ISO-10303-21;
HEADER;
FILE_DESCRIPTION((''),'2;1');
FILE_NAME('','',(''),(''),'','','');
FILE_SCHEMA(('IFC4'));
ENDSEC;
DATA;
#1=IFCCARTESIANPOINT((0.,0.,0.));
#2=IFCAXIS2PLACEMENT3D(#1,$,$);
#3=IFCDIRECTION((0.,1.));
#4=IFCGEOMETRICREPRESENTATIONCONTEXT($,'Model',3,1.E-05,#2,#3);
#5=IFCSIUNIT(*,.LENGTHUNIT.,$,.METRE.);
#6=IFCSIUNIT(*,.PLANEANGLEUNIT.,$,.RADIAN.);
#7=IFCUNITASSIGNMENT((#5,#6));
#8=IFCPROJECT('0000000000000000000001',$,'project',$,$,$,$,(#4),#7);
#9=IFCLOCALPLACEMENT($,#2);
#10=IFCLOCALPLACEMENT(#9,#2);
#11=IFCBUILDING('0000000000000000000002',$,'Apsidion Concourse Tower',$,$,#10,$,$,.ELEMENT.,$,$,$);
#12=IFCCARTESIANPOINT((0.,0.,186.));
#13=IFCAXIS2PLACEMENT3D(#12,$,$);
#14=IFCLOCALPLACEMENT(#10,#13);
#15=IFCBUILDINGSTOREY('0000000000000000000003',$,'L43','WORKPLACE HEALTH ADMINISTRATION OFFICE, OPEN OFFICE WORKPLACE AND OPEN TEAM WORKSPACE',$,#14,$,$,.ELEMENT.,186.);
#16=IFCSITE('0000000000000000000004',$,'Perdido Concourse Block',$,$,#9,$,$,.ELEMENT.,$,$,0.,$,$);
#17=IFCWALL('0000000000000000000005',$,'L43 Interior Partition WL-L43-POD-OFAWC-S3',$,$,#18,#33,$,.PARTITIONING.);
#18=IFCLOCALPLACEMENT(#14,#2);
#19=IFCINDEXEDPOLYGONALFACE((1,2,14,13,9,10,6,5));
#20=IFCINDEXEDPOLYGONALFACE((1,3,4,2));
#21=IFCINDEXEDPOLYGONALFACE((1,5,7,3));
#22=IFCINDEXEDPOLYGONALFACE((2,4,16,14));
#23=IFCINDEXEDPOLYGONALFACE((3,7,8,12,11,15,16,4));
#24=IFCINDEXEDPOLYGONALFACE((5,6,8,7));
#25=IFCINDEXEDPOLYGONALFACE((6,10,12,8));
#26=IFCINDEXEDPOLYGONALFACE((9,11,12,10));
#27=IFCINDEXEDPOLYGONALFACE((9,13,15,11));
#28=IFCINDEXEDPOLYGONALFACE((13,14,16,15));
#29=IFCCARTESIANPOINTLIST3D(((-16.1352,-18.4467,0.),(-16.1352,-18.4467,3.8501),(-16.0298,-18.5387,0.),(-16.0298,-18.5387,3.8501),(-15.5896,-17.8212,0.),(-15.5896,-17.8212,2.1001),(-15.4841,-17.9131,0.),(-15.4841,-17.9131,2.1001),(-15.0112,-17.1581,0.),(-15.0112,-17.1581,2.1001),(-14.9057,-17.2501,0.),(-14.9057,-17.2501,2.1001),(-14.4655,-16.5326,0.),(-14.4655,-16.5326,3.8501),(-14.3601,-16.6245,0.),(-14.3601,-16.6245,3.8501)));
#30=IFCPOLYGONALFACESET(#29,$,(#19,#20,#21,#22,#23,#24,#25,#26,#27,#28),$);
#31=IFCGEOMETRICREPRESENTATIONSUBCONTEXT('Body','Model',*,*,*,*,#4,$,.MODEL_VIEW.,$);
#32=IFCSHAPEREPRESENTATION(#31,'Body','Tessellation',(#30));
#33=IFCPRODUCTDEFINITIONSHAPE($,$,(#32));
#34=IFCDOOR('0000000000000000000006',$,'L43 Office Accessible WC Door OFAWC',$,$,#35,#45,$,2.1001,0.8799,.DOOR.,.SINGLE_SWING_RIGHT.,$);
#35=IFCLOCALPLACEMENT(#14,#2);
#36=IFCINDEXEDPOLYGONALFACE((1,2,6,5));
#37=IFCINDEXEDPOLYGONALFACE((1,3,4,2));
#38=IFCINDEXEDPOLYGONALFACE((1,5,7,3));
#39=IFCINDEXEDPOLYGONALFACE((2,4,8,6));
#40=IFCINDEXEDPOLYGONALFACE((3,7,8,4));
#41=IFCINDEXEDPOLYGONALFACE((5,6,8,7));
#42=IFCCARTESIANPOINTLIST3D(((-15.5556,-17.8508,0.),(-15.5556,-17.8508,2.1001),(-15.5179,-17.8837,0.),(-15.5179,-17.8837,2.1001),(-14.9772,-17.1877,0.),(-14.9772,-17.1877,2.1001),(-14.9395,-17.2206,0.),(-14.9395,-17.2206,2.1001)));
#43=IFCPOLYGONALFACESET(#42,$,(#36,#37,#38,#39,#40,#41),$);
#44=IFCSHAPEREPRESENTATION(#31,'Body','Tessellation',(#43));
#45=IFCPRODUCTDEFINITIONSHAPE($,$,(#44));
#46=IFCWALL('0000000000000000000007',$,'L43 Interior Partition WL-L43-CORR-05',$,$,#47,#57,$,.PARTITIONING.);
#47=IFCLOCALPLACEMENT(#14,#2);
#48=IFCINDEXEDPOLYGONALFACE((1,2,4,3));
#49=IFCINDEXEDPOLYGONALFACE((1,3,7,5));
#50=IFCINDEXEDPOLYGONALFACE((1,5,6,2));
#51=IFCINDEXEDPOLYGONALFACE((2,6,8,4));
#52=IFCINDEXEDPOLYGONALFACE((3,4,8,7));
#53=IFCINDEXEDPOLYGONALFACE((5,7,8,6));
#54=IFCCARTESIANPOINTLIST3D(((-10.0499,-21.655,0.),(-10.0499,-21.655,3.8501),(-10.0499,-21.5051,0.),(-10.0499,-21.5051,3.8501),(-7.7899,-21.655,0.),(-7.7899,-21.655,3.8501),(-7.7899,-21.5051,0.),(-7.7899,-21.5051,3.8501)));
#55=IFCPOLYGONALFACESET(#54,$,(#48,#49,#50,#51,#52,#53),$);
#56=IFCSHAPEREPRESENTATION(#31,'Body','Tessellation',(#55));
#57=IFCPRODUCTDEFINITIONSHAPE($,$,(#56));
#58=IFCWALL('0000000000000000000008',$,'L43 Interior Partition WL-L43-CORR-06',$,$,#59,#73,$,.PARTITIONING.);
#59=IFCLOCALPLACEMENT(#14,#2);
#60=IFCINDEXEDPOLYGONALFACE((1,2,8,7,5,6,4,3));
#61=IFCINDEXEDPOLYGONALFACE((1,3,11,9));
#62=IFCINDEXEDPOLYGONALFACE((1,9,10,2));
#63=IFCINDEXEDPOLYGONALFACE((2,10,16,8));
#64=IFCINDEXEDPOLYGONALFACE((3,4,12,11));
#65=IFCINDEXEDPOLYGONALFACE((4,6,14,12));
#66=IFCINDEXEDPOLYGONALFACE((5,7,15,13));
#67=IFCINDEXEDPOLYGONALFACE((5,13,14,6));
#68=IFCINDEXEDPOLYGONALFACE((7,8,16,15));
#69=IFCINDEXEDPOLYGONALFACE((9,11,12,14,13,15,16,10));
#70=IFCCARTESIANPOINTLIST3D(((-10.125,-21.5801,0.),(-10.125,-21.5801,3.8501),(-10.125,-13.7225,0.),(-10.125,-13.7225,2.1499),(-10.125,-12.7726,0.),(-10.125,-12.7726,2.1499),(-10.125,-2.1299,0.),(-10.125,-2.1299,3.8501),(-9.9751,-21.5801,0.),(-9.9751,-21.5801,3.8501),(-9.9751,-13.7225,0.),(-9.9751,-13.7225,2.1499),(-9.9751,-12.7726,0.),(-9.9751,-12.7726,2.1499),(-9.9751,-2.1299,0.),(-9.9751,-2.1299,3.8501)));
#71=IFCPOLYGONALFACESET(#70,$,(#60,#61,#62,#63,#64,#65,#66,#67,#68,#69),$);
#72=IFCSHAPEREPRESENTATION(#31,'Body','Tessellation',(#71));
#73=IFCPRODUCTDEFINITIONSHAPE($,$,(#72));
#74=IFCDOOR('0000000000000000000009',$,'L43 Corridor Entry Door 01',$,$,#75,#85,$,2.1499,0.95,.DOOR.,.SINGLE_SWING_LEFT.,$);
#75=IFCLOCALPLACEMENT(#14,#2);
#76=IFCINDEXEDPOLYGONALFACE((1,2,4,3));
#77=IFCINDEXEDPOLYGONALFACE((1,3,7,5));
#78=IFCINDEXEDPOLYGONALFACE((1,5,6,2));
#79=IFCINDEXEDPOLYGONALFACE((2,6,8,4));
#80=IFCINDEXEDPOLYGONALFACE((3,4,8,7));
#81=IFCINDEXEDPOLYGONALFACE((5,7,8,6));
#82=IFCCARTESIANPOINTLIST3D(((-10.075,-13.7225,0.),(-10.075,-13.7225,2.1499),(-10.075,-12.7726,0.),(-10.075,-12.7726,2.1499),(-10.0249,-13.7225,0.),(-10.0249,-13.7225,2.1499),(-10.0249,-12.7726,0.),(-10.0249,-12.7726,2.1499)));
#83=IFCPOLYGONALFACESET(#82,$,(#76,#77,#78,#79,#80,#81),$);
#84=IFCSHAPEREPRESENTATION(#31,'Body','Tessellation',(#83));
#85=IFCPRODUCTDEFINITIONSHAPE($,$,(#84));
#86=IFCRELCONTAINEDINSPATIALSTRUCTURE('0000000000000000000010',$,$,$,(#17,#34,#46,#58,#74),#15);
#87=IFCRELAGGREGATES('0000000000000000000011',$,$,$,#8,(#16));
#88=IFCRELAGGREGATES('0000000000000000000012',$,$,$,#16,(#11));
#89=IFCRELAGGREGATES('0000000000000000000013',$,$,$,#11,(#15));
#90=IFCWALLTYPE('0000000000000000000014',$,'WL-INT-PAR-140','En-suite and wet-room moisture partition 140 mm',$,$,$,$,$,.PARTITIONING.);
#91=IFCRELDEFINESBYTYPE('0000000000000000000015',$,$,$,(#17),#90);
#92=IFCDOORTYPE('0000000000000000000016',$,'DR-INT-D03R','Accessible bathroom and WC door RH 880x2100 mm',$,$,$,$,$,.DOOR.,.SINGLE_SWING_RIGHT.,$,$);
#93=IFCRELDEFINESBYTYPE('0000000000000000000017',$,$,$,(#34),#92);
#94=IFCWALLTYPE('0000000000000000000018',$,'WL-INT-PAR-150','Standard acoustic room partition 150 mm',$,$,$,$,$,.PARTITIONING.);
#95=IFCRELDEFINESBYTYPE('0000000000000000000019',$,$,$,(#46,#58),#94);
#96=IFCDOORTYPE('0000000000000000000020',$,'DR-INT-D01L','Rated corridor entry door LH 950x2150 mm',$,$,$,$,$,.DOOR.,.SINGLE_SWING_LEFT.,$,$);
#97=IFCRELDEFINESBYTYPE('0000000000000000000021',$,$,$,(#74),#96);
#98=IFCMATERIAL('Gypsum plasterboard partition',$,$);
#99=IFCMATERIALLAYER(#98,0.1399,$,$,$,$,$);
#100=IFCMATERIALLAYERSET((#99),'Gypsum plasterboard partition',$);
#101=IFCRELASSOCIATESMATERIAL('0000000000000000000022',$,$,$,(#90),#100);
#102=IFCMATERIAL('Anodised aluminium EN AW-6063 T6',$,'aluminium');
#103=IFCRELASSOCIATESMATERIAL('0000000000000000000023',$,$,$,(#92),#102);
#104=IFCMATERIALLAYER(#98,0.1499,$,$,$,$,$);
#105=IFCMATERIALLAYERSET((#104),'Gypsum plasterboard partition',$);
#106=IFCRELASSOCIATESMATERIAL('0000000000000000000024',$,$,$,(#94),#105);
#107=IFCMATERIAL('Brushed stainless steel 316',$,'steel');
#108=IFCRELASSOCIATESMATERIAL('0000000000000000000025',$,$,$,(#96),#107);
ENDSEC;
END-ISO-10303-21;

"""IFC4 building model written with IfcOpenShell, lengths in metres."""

from ifc_helpers import new_model, si_unit, direction, frame, frame_2d, origin, place, context, subcontext, project, spatial, rectangle, extrude, material, layer, layer_set, type_object, element, fill, save


model = new_model("IFC4")

# Units and contexts
model_context = context("Model", 3, precision=1e-05, world=origin(), true_north=direction((0.0, 1.0)))
body_context = subcontext(model_context, "Body", "Model", "MODEL_VIEW")
ifc_project = project(units=[si_unit("LENGTHUNIT", "METRE"), si_unit("PLANEANGLEUNIT", "RADIAN")], contexts=[model_context])

# Site, building, storey
site_placement = place(None, origin())
site = spatial("IfcSite", under=ifc_project, at=site_placement, Name="Perdido Concourse Block", CompositionType="ELEMENT", RefElevation=0.0)
building_placement = place(site_placement, origin())
building = spatial("IfcBuilding", under=site, at=building_placement, Name="Apsidion Concourse Tower", CompositionType="ELEMENT")
storey_placement = place(building_placement, frame((0.0, 0.0, 186.0)))
storey = spatial("IfcBuildingStorey", under=building, at=storey_placement, Name="L43", Description="WORKPLACE HEALTH ADMINISTRATION OFFICE, OPEN OFFICE WORKPLACE AND OPEN TEAM WORKSPACE", CompositionType="ELEMENT", Elevation=186.0)

# Wall, opening, door
ifc_material_1 = material(Name="Gypsum plasterboard partition")
ifc_layer_1 = layer(ifc_material_1, 0.1399)
ifc_layer_set_1 = layer_set([ifc_layer_1], Name="Gypsum plasterboard partition")
wall_type_1 = type_object("IfcWallType", Name="WL-INT-PAR-140", Description="En-suite and wet-room moisture partition 140 mm", PredefinedType="PARTITIONING", material=ifc_layer_set_1)
wall_1_placement = place(storey_placement, frame((-16.0825, -18.4927, 0.0), z_axis=(0.0, 0.0, 1.0), x_axis=(0.657361, 0.753576, 0.0)))
wall_1 = element("IfcWall", 1, at=wall_1_placement, inside=storey, type_object=wall_type_1, Name="L43 Interior Partition WL-L43-POD-OFAWC-S3", PredefinedType="PARTITIONING", context=body_context, shape_type="SweptSolid", body=[
    extrude(rectangle(XDim=2.54, YDim=0.1399, at=frame_2d((1.27, 0.0))), origin(), (0.0, 0.0, 1.0), 3.8501),
])
opening_1_placement = place(wall_1_placement, frame((0.8301, 0.0, 0.0)))
opening_1 = element("IfcOpeningElement", 2, at=opening_1_placement, cuts=wall_1, PredefinedType="OPENING", context=body_context, shape_type="SweptSolid", body=[
    extrude(rectangle(XDim=0.8799, YDim=2.1001, at=frame_2d((0.4399, 1.05))), frame((0.0, 0.0801, 0.0), z_axis=(0.0, -1.0, 0.0), x_axis=(1.0, 0.0, 0.0)), (0.0, 0.0, 1.0), 0.1599),
])
ifc_material_2 = material(Name="Anodised aluminium EN AW-6063 T6", Category="aluminium")
door_type_1 = type_object("IfcDoorType", Name="DR-INT-D03R", Description="Accessible bathroom and WC door RH 880x2100 mm", OperationType="SINGLE_SWING_RIGHT", PredefinedType="DOOR", material=ifc_material_2)
door_1_placement = place(opening_1_placement, origin())
door_1 = element("IfcDoor", 3, at=door_1_placement, inside=storey, type_object=door_type_1, Name="L43 Office Accessible WC Door OFAWC", OperationType="SINGLE_SWING_RIGHT", OverallHeight=2.1001, OverallWidth=0.8799, PredefinedType="DOOR", context=body_context, shape_type="SweptSolid", body=[
    extrude(rectangle(XDim=0.8799, YDim=2.1001, at=frame_2d((0.4399, 1.05))), frame((0.0, 0.0249, 0.0), z_axis=(0.0, -1.0, 0.0), x_axis=(1.0, 0.0, 0.0)), (0.0, 0.0, 1.0), 0.05),
])
fill(opening_1, door_1)

# Wall
ifc_layer_2 = layer(ifc_material_1, 0.1499)
ifc_layer_set_2 = layer_set([ifc_layer_2], Name="Gypsum plasterboard partition")
wall_type_2 = type_object("IfcWallType", Name="WL-INT-PAR-150", Description="Standard acoustic room partition 150 mm", PredefinedType="PARTITIONING", material=ifc_layer_set_2)
wall_2_placement = place(storey_placement, frame((-7.79, -21.5801, 0.0), z_axis=(0.0, 0.0, 1.0), x_axis=(-1.0, 0.0, 0.0)))
element("IfcWall", 4, at=wall_2_placement, inside=storey, type_object=wall_type_2, Name="L43 Interior Partition WL-L43-CORR-05", PredefinedType="PARTITIONING", context=body_context, shape_type="SweptSolid", body=[
    extrude(rectangle(XDim=2.26, YDim=0.1499, at=frame_2d((1.1299, 0.0))), origin(), (0.0, 0.0, 1.0), 3.8501),
])

# Wall, opening, door
wall_3_placement = place(storey_placement, frame((-10.05, -21.5801, 0.0), z_axis=(0.0, 0.0, 1.0), x_axis=(0.0, 1.0, 0.0)))
wall_3 = element("IfcWall", 5, at=wall_3_placement, inside=storey, type_object=wall_type_2, Name="L43 Interior Partition WL-L43-CORR-06", PredefinedType="PARTITIONING", context=body_context, shape_type="SweptSolid", body=[
    extrude(rectangle(XDim=19.4502, YDim=0.1499, at=frame_2d((9.7251, 0.0))), origin(), (0.0, 0.0, 1.0), 3.8501),
])
opening_2_placement = place(wall_3_placement, frame((7.8574, 0.0, 0.0)))
opening_2 = element("IfcOpeningElement", 6, at=opening_2_placement, cuts=wall_3, PredefinedType="OPENING", context=body_context, shape_type="SweptSolid", body=[
    extrude(rectangle(XDim=0.95, YDim=2.1499, at=frame_2d((0.4751, 1.075))), frame((0.0, 0.085, 0.0), z_axis=(0.0, -1.0, 0.0), x_axis=(1.0, 0.0, 0.0)), (0.0, 0.0, 1.0), 0.1699),
])
ifc_material_3 = material(Name="Brushed stainless steel 316", Category="steel")
door_type_2 = type_object("IfcDoorType", Name="DR-INT-D01L", Description="Rated corridor entry door LH 950x2150 mm", OperationType="SINGLE_SWING_LEFT", PredefinedType="DOOR", material=ifc_material_3)
door_2_placement = place(opening_2_placement, origin())
door_2 = element("IfcDoor", 7, at=door_2_placement, inside=storey, type_object=door_type_2, Name="L43 Corridor Entry Door 01", OperationType="SINGLE_SWING_LEFT", OverallHeight=2.1499, OverallWidth=0.95, PredefinedType="DOOR", context=body_context, shape_type="SweptSolid", body=[
    extrude(rectangle(XDim=0.95, YDim=2.1499, at=frame_2d((0.4751, 1.075))), frame((0.0, 0.0249, 0.0), z_axis=(0.0, -1.0, 0.0), x_axis=(1.0, 0.0, 0.0)), (0.0, 0.0, 1.0), 0.05),
])
fill(opening_2, door_2)

save(model, "model.ifc")
